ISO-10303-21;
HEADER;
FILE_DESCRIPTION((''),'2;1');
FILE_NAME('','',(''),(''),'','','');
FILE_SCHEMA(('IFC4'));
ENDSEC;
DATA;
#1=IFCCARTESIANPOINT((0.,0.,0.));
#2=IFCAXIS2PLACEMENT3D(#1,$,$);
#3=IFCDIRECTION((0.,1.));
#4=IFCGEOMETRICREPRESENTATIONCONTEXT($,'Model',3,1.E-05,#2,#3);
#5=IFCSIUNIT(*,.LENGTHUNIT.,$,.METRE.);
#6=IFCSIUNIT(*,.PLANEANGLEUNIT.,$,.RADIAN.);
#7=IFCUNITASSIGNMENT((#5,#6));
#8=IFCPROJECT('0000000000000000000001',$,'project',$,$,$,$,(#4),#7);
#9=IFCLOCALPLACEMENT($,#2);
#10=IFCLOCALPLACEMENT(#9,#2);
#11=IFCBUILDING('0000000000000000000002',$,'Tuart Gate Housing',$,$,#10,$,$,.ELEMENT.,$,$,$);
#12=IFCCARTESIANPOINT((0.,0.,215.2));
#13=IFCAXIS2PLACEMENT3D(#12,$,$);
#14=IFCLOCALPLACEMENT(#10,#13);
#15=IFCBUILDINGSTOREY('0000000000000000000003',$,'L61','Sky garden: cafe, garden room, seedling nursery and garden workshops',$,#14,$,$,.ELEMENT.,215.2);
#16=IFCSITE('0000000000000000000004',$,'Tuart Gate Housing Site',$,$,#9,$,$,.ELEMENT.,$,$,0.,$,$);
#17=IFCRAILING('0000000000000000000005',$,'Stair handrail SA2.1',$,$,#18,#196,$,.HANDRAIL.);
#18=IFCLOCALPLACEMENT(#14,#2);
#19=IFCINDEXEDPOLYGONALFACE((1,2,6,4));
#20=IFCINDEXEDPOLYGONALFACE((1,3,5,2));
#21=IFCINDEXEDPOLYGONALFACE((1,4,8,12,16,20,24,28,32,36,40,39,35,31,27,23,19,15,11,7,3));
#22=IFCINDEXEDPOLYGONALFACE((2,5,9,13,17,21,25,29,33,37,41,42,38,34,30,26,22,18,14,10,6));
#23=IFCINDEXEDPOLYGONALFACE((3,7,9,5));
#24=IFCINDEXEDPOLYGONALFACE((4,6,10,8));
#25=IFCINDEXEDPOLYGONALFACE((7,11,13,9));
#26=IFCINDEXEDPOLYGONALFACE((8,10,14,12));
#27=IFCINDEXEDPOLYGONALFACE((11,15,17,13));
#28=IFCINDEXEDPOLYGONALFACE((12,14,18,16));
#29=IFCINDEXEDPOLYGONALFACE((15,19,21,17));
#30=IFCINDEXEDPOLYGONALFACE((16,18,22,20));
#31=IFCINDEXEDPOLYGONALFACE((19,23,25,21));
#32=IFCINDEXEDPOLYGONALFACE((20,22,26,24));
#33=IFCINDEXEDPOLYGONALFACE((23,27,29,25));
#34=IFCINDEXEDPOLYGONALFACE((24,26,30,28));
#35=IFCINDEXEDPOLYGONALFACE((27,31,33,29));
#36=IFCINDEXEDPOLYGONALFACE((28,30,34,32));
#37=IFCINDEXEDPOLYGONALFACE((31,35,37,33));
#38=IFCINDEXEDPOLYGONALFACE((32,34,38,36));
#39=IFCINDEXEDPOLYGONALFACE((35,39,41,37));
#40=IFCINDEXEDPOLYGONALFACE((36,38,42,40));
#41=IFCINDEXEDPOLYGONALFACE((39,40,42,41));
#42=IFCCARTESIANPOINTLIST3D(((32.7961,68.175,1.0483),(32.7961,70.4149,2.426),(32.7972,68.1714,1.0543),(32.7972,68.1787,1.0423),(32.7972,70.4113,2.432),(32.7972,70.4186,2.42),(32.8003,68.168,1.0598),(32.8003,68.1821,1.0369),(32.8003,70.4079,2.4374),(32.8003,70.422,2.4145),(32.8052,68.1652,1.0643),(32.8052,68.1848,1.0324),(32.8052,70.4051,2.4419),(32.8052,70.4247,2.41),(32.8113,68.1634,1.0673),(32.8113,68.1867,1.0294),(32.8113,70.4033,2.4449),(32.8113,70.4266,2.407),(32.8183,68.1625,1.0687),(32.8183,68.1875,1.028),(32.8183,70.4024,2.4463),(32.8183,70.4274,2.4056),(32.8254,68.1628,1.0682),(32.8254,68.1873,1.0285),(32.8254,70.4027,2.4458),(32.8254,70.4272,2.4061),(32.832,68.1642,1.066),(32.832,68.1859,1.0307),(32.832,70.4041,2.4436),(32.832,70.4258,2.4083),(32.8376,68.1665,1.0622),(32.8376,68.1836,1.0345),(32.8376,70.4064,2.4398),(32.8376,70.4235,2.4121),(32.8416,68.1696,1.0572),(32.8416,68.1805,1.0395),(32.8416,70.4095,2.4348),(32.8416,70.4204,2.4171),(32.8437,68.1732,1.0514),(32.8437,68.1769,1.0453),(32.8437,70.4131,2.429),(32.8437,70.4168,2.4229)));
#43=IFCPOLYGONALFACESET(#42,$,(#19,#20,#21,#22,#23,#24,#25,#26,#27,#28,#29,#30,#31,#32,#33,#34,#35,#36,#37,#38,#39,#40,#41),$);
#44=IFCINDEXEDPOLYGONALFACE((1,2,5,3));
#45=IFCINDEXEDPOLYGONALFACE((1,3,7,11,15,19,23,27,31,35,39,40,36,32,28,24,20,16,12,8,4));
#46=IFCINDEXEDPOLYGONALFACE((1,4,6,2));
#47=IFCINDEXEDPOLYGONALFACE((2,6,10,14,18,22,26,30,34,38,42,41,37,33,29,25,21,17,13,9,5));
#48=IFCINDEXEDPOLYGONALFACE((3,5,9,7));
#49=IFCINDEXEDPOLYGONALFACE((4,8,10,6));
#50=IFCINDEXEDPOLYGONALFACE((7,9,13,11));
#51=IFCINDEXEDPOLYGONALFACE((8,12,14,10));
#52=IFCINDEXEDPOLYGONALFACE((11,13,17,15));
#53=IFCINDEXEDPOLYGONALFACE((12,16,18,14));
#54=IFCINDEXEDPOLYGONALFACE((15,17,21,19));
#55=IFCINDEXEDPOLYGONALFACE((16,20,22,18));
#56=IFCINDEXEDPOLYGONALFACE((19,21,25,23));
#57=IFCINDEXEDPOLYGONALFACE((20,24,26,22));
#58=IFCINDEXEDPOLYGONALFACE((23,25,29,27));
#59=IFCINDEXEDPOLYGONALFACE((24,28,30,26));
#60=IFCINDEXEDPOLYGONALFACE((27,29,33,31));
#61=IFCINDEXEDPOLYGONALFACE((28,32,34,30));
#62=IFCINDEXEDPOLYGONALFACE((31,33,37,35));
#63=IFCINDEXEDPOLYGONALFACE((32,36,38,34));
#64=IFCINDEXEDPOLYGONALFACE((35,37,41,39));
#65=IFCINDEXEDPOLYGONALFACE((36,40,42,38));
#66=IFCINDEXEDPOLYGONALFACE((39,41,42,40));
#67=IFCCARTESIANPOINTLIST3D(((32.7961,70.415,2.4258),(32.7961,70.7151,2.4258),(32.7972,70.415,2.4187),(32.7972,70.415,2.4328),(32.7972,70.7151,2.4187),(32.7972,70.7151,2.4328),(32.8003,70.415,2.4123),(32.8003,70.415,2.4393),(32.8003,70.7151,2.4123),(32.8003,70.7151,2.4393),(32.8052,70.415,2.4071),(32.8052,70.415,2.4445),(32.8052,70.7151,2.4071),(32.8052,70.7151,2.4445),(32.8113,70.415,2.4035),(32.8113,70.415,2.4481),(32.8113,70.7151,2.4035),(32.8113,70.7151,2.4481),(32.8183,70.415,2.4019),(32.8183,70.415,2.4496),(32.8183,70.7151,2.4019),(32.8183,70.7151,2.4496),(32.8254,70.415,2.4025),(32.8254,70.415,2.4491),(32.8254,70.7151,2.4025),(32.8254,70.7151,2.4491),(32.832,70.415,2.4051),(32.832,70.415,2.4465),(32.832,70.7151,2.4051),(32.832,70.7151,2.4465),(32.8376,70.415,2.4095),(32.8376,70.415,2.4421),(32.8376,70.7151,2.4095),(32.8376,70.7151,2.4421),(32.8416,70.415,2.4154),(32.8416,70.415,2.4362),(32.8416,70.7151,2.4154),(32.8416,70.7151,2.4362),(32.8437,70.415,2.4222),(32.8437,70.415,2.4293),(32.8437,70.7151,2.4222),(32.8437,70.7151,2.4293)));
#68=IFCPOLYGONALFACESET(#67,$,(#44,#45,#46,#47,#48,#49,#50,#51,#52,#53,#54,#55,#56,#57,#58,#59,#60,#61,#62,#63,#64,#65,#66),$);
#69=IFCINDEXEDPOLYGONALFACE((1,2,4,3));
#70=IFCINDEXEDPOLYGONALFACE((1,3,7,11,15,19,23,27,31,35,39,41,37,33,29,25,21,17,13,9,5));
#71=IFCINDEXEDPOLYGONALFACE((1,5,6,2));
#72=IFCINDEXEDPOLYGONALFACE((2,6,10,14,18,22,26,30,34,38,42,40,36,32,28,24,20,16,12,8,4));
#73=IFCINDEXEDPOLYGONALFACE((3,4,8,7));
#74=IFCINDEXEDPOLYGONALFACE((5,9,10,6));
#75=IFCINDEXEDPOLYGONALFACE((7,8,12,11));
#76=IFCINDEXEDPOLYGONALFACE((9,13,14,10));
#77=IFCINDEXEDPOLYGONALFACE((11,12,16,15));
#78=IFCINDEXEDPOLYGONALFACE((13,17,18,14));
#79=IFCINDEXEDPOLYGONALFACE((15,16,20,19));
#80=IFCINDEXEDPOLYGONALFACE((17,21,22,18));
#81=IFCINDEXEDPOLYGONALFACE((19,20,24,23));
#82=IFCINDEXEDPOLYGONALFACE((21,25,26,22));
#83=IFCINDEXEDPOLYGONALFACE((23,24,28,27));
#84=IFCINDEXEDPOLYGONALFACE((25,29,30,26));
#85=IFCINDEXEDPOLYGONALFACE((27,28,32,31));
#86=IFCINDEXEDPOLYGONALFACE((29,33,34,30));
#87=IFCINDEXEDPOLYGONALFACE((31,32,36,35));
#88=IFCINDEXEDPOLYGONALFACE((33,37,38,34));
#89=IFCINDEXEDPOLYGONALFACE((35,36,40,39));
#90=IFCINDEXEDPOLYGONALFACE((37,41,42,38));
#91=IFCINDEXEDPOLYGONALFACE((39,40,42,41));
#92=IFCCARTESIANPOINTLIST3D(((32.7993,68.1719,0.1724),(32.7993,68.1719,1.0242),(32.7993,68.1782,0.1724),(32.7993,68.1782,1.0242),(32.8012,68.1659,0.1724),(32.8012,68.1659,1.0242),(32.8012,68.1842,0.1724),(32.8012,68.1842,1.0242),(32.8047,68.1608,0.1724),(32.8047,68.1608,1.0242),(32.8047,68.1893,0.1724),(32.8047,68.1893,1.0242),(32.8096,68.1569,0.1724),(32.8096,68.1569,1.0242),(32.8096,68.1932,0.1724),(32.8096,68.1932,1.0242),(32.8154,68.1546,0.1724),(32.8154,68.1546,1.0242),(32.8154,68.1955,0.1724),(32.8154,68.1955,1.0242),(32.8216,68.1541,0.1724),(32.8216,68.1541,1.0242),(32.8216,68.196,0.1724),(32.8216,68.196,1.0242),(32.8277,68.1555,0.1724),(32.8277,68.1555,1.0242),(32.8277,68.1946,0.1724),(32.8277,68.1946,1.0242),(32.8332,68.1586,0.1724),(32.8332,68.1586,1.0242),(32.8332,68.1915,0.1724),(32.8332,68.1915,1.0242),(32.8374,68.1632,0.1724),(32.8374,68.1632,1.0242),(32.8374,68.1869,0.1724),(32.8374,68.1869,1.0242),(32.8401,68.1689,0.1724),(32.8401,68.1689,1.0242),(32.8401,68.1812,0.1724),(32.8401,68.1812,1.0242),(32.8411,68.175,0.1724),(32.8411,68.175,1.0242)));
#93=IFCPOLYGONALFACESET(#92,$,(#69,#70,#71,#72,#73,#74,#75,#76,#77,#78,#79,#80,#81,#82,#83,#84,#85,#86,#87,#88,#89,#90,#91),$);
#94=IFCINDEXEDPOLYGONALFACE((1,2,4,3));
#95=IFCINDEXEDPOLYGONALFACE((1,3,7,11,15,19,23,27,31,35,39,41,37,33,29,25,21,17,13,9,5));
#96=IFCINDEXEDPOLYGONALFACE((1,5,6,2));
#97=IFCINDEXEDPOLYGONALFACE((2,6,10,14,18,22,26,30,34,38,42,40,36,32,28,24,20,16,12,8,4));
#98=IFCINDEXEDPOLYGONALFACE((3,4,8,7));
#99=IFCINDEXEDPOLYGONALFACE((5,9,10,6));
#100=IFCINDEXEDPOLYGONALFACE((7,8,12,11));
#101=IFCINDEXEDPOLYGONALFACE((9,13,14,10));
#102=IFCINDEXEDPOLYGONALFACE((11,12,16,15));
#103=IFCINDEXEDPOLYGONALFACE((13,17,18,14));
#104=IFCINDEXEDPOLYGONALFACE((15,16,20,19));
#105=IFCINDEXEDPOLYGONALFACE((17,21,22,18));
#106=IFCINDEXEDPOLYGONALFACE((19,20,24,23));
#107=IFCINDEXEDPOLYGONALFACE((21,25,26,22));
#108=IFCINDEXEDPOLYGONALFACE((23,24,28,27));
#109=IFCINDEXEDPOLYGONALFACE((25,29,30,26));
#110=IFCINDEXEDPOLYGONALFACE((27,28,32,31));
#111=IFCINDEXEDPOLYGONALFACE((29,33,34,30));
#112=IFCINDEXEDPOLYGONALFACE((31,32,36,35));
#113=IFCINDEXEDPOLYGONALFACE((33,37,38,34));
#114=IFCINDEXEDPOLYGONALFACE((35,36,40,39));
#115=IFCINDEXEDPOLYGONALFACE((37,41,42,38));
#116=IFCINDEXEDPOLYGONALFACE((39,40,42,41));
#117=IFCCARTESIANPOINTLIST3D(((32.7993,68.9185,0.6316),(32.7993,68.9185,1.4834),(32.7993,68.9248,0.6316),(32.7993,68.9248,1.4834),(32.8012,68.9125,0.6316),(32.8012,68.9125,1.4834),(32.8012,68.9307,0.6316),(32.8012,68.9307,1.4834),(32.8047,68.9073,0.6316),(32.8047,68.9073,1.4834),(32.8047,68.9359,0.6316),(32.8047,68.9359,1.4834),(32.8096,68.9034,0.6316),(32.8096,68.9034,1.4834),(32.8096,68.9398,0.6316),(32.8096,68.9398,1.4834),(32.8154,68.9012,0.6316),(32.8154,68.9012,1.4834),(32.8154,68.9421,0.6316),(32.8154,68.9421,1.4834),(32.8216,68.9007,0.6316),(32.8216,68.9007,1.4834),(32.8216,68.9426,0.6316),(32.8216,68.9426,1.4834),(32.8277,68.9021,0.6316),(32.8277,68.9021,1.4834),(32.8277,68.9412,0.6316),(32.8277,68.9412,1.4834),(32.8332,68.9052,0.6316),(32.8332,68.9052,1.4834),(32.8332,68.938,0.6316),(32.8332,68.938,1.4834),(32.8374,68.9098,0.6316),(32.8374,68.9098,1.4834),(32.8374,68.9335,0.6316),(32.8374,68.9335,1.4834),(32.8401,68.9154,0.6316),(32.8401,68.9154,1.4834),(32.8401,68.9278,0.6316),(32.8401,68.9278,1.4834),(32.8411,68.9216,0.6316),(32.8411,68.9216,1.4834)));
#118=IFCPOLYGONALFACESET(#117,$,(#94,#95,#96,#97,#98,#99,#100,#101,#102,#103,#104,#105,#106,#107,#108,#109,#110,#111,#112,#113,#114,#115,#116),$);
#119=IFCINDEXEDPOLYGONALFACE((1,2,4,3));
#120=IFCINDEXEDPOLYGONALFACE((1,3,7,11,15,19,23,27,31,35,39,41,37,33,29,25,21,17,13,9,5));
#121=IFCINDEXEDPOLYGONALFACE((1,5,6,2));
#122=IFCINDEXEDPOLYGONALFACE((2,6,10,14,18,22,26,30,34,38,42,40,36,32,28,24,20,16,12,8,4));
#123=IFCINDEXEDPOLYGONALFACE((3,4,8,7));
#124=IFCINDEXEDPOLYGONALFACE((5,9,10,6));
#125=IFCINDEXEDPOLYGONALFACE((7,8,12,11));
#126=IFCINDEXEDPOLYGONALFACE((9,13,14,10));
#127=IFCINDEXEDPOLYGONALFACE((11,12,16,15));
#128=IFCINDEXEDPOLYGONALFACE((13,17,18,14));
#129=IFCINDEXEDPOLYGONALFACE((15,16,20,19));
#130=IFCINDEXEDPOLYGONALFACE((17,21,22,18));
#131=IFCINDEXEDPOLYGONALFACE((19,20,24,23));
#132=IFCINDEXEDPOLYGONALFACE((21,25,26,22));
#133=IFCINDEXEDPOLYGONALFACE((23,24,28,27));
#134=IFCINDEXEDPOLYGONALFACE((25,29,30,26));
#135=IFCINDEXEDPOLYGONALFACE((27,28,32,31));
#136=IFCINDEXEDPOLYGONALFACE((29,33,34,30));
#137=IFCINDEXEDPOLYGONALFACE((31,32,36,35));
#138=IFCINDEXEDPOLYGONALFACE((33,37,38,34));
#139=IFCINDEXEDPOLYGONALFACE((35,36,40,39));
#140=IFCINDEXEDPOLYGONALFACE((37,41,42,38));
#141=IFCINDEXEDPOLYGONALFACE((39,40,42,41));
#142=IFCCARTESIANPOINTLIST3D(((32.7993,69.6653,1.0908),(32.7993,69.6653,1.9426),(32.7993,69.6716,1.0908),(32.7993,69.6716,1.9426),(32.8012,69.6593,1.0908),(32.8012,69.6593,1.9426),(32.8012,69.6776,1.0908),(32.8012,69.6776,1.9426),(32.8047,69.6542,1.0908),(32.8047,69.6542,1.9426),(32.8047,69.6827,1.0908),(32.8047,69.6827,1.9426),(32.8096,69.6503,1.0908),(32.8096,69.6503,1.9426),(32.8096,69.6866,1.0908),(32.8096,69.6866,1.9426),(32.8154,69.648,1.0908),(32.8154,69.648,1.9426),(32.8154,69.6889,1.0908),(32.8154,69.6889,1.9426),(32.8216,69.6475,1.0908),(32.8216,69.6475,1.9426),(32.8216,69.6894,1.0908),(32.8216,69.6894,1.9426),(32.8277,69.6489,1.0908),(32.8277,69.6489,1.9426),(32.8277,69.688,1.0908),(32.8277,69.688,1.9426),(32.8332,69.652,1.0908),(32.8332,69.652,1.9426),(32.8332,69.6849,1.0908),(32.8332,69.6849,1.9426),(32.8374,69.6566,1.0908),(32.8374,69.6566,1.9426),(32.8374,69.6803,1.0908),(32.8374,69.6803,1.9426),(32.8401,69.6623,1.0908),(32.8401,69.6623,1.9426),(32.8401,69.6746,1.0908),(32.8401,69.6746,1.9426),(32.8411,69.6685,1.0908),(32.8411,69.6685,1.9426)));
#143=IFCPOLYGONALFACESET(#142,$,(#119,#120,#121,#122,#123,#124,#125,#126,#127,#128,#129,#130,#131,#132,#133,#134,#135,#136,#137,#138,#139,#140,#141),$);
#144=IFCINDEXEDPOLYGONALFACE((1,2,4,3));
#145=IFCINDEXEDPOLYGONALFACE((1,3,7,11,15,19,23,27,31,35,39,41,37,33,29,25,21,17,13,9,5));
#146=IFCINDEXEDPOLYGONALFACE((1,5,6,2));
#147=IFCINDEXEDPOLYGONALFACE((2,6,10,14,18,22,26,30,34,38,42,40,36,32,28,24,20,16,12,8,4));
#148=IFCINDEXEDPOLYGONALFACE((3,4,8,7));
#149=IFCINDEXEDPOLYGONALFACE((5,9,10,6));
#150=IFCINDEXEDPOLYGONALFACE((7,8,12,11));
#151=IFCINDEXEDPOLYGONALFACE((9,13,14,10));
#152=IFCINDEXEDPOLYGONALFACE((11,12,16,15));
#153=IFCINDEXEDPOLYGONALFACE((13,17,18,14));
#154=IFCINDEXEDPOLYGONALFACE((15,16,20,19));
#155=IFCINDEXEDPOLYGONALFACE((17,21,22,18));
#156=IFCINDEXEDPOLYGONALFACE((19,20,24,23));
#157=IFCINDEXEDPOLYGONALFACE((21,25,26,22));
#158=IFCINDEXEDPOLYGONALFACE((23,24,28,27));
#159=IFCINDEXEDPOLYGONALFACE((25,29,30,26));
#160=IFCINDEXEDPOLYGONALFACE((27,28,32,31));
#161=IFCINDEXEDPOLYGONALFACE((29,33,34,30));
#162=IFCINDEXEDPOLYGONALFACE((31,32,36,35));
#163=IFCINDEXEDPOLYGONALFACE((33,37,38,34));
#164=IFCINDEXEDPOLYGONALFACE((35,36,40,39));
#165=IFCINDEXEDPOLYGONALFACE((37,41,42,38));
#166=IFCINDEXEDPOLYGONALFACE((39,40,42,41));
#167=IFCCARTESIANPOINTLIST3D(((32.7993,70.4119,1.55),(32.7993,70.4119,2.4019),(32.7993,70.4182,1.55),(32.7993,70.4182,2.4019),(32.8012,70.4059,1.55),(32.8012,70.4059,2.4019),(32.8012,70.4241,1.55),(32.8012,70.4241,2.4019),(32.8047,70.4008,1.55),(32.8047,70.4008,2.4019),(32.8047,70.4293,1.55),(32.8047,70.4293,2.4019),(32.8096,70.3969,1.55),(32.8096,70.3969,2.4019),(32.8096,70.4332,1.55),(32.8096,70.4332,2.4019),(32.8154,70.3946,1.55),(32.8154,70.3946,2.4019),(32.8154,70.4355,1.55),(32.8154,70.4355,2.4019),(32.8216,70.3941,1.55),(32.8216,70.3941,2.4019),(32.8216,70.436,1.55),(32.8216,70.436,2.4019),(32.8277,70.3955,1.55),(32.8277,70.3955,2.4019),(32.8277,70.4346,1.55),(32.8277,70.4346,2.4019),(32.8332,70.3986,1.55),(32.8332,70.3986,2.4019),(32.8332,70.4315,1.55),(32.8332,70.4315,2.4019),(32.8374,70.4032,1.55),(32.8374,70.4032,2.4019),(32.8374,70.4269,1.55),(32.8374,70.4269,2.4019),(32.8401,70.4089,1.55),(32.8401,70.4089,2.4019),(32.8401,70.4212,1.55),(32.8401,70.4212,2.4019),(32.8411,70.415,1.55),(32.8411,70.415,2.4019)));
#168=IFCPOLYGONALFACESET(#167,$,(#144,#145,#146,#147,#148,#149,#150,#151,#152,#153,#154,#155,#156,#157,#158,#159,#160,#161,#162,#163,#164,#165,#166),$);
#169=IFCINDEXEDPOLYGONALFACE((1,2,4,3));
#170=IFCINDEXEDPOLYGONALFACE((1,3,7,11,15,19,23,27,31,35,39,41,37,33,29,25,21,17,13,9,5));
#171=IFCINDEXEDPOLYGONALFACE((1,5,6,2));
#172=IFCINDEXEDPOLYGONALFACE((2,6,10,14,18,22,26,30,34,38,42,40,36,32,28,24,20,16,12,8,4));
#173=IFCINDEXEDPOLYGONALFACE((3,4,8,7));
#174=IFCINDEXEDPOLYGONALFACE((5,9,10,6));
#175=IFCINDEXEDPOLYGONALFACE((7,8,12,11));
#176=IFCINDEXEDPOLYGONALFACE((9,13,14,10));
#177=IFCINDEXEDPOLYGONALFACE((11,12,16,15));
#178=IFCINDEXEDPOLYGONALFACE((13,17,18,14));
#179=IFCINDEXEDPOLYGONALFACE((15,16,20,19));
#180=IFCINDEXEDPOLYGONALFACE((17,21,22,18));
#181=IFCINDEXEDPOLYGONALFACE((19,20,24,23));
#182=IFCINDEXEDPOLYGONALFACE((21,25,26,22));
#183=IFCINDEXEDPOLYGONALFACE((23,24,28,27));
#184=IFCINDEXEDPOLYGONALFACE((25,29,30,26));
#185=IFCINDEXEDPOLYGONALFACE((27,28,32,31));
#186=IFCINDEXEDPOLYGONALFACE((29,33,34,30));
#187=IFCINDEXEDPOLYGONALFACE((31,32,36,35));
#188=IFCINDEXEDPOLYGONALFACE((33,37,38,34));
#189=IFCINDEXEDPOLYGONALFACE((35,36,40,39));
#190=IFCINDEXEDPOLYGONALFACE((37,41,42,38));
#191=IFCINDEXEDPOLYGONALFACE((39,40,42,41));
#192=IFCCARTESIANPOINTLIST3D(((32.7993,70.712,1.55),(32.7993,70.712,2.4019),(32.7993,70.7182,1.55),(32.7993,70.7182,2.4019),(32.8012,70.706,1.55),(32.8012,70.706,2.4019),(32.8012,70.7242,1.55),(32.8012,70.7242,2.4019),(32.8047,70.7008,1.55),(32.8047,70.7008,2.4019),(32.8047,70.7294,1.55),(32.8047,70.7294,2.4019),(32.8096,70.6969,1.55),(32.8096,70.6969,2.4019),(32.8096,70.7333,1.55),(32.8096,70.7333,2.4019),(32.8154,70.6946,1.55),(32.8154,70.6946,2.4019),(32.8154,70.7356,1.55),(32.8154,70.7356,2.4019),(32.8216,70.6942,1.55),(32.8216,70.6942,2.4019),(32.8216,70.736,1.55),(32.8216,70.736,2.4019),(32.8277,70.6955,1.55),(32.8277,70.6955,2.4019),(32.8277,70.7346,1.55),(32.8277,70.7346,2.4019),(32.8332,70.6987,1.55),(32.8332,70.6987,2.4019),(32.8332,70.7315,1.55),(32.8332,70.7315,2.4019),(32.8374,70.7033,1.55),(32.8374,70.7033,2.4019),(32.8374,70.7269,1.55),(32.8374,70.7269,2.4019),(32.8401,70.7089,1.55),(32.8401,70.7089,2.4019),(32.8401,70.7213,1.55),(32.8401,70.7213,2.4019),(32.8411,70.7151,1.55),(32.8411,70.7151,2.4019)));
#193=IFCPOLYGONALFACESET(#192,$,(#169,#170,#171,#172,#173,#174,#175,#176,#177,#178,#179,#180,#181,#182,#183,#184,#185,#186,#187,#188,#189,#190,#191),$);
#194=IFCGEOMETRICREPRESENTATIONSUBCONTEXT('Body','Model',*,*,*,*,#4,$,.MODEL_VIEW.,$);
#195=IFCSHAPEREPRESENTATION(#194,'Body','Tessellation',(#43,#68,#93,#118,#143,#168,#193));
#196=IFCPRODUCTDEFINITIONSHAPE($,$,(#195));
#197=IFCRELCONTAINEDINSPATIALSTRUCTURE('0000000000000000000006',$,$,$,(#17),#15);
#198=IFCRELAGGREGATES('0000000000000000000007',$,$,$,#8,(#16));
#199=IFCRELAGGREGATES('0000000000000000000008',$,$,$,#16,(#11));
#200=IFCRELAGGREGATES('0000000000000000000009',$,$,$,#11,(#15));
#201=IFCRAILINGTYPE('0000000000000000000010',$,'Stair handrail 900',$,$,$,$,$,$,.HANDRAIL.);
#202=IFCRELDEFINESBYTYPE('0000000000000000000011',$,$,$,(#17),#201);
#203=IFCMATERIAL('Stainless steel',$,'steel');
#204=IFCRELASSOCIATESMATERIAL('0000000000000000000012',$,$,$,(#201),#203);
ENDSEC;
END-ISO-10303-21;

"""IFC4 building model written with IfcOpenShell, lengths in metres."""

from ifc_helpers import new_model, si_unit, direction, frame, origin, origin_2d, place, context, subcontext, project, spatial, circle, extrude, material, type_object, element, save


model = new_model("IFC4")

# Units and contexts
model_context = context("Model", 3, precision=1e-05, world=origin(), true_north=direction((0.0, 1.0)))
body_context = subcontext(model_context, "Body", "Model", "MODEL_VIEW")
ifc_project = project(units=[si_unit("LENGTHUNIT", "METRE"), si_unit("PLANEANGLEUNIT", "RADIAN")], contexts=[model_context])

# Site, building, storey
site_placement = place(None, origin())
site = spatial("IfcSite", under=ifc_project, at=site_placement, Name="Tuart Gate Housing Site", CompositionType="ELEMENT", RefElevation=0.0)
building_placement = place(site_placement, origin())
building = spatial("IfcBuilding", under=site, at=building_placement, Name="Tuart Gate Housing", CompositionType="ELEMENT")
storey_placement = place(building_placement, frame((0.0, 0.0, 215.2)))
storey = spatial("IfcBuildingStorey", under=building, at=storey_placement, Name="L61", Description="Sky garden: cafe, garden room, seedling nursery and garden workshops", CompositionType="ELEMENT", Elevation=215.2)

# Railing
ifc_material_1 = material(Name="Stainless steel", Category="steel")
railing_type = type_object("IfcRailingType", Name="Stair handrail 900", PredefinedType="HANDRAIL", material=ifc_material_1)
railing_placement = place(storey_placement, frame((32.8201, 68.175, 0.1724)))
element("IfcRailing", 1, at=railing_placement, inside=storey, type_object=railing_type, Name="Stair handrail SA2.1", PredefinedType="HANDRAIL", context=body_context, shape_type="SweptSolid", body=[
    extrude(circle(Radius=0.0239, at=origin_2d()), frame((0.0, 0.0, 0.876), z_axis=(0.0, 0.851789, 0.523885), x_axis=(-1.0, 0.0, 0.0)), (0.0, 0.0, 1.0), 2.6296),
    extrude(circle(Radius=0.0239, at=origin_2d()), frame((0.0, 2.24, 2.2534), z_axis=(0.0, 1.0, 0.0), x_axis=(-1.0, 0.0, 0.0)), (0.0, 0.0, 1.0), 0.3),
    extrude(circle(Radius=0.021, at=origin_2d()), origin(), (0.0, 0.0, 1.0), 0.8518),
    extrude(circle(Radius=0.021, at=origin_2d()), frame((0.0, 0.7466, 0.4592)), (0.0, 0.0, 1.0), 0.8518),
    extrude(circle(Radius=0.021, at=origin_2d()), frame((0.0, 1.4934, 0.9185)), (0.0, 0.0, 1.0), 0.8518),
    extrude(circle(Radius=0.021, at=origin_2d()), frame((0.0, 2.24, 1.3777)), (0.0, 0.0, 1.0), 0.8518),
    extrude(circle(Radius=0.021, at=origin_2d()), frame((0.0, 2.54, 1.3777)), (0.0, 0.0, 1.0), 0.8518),
])

save(model, "model.ifc")
